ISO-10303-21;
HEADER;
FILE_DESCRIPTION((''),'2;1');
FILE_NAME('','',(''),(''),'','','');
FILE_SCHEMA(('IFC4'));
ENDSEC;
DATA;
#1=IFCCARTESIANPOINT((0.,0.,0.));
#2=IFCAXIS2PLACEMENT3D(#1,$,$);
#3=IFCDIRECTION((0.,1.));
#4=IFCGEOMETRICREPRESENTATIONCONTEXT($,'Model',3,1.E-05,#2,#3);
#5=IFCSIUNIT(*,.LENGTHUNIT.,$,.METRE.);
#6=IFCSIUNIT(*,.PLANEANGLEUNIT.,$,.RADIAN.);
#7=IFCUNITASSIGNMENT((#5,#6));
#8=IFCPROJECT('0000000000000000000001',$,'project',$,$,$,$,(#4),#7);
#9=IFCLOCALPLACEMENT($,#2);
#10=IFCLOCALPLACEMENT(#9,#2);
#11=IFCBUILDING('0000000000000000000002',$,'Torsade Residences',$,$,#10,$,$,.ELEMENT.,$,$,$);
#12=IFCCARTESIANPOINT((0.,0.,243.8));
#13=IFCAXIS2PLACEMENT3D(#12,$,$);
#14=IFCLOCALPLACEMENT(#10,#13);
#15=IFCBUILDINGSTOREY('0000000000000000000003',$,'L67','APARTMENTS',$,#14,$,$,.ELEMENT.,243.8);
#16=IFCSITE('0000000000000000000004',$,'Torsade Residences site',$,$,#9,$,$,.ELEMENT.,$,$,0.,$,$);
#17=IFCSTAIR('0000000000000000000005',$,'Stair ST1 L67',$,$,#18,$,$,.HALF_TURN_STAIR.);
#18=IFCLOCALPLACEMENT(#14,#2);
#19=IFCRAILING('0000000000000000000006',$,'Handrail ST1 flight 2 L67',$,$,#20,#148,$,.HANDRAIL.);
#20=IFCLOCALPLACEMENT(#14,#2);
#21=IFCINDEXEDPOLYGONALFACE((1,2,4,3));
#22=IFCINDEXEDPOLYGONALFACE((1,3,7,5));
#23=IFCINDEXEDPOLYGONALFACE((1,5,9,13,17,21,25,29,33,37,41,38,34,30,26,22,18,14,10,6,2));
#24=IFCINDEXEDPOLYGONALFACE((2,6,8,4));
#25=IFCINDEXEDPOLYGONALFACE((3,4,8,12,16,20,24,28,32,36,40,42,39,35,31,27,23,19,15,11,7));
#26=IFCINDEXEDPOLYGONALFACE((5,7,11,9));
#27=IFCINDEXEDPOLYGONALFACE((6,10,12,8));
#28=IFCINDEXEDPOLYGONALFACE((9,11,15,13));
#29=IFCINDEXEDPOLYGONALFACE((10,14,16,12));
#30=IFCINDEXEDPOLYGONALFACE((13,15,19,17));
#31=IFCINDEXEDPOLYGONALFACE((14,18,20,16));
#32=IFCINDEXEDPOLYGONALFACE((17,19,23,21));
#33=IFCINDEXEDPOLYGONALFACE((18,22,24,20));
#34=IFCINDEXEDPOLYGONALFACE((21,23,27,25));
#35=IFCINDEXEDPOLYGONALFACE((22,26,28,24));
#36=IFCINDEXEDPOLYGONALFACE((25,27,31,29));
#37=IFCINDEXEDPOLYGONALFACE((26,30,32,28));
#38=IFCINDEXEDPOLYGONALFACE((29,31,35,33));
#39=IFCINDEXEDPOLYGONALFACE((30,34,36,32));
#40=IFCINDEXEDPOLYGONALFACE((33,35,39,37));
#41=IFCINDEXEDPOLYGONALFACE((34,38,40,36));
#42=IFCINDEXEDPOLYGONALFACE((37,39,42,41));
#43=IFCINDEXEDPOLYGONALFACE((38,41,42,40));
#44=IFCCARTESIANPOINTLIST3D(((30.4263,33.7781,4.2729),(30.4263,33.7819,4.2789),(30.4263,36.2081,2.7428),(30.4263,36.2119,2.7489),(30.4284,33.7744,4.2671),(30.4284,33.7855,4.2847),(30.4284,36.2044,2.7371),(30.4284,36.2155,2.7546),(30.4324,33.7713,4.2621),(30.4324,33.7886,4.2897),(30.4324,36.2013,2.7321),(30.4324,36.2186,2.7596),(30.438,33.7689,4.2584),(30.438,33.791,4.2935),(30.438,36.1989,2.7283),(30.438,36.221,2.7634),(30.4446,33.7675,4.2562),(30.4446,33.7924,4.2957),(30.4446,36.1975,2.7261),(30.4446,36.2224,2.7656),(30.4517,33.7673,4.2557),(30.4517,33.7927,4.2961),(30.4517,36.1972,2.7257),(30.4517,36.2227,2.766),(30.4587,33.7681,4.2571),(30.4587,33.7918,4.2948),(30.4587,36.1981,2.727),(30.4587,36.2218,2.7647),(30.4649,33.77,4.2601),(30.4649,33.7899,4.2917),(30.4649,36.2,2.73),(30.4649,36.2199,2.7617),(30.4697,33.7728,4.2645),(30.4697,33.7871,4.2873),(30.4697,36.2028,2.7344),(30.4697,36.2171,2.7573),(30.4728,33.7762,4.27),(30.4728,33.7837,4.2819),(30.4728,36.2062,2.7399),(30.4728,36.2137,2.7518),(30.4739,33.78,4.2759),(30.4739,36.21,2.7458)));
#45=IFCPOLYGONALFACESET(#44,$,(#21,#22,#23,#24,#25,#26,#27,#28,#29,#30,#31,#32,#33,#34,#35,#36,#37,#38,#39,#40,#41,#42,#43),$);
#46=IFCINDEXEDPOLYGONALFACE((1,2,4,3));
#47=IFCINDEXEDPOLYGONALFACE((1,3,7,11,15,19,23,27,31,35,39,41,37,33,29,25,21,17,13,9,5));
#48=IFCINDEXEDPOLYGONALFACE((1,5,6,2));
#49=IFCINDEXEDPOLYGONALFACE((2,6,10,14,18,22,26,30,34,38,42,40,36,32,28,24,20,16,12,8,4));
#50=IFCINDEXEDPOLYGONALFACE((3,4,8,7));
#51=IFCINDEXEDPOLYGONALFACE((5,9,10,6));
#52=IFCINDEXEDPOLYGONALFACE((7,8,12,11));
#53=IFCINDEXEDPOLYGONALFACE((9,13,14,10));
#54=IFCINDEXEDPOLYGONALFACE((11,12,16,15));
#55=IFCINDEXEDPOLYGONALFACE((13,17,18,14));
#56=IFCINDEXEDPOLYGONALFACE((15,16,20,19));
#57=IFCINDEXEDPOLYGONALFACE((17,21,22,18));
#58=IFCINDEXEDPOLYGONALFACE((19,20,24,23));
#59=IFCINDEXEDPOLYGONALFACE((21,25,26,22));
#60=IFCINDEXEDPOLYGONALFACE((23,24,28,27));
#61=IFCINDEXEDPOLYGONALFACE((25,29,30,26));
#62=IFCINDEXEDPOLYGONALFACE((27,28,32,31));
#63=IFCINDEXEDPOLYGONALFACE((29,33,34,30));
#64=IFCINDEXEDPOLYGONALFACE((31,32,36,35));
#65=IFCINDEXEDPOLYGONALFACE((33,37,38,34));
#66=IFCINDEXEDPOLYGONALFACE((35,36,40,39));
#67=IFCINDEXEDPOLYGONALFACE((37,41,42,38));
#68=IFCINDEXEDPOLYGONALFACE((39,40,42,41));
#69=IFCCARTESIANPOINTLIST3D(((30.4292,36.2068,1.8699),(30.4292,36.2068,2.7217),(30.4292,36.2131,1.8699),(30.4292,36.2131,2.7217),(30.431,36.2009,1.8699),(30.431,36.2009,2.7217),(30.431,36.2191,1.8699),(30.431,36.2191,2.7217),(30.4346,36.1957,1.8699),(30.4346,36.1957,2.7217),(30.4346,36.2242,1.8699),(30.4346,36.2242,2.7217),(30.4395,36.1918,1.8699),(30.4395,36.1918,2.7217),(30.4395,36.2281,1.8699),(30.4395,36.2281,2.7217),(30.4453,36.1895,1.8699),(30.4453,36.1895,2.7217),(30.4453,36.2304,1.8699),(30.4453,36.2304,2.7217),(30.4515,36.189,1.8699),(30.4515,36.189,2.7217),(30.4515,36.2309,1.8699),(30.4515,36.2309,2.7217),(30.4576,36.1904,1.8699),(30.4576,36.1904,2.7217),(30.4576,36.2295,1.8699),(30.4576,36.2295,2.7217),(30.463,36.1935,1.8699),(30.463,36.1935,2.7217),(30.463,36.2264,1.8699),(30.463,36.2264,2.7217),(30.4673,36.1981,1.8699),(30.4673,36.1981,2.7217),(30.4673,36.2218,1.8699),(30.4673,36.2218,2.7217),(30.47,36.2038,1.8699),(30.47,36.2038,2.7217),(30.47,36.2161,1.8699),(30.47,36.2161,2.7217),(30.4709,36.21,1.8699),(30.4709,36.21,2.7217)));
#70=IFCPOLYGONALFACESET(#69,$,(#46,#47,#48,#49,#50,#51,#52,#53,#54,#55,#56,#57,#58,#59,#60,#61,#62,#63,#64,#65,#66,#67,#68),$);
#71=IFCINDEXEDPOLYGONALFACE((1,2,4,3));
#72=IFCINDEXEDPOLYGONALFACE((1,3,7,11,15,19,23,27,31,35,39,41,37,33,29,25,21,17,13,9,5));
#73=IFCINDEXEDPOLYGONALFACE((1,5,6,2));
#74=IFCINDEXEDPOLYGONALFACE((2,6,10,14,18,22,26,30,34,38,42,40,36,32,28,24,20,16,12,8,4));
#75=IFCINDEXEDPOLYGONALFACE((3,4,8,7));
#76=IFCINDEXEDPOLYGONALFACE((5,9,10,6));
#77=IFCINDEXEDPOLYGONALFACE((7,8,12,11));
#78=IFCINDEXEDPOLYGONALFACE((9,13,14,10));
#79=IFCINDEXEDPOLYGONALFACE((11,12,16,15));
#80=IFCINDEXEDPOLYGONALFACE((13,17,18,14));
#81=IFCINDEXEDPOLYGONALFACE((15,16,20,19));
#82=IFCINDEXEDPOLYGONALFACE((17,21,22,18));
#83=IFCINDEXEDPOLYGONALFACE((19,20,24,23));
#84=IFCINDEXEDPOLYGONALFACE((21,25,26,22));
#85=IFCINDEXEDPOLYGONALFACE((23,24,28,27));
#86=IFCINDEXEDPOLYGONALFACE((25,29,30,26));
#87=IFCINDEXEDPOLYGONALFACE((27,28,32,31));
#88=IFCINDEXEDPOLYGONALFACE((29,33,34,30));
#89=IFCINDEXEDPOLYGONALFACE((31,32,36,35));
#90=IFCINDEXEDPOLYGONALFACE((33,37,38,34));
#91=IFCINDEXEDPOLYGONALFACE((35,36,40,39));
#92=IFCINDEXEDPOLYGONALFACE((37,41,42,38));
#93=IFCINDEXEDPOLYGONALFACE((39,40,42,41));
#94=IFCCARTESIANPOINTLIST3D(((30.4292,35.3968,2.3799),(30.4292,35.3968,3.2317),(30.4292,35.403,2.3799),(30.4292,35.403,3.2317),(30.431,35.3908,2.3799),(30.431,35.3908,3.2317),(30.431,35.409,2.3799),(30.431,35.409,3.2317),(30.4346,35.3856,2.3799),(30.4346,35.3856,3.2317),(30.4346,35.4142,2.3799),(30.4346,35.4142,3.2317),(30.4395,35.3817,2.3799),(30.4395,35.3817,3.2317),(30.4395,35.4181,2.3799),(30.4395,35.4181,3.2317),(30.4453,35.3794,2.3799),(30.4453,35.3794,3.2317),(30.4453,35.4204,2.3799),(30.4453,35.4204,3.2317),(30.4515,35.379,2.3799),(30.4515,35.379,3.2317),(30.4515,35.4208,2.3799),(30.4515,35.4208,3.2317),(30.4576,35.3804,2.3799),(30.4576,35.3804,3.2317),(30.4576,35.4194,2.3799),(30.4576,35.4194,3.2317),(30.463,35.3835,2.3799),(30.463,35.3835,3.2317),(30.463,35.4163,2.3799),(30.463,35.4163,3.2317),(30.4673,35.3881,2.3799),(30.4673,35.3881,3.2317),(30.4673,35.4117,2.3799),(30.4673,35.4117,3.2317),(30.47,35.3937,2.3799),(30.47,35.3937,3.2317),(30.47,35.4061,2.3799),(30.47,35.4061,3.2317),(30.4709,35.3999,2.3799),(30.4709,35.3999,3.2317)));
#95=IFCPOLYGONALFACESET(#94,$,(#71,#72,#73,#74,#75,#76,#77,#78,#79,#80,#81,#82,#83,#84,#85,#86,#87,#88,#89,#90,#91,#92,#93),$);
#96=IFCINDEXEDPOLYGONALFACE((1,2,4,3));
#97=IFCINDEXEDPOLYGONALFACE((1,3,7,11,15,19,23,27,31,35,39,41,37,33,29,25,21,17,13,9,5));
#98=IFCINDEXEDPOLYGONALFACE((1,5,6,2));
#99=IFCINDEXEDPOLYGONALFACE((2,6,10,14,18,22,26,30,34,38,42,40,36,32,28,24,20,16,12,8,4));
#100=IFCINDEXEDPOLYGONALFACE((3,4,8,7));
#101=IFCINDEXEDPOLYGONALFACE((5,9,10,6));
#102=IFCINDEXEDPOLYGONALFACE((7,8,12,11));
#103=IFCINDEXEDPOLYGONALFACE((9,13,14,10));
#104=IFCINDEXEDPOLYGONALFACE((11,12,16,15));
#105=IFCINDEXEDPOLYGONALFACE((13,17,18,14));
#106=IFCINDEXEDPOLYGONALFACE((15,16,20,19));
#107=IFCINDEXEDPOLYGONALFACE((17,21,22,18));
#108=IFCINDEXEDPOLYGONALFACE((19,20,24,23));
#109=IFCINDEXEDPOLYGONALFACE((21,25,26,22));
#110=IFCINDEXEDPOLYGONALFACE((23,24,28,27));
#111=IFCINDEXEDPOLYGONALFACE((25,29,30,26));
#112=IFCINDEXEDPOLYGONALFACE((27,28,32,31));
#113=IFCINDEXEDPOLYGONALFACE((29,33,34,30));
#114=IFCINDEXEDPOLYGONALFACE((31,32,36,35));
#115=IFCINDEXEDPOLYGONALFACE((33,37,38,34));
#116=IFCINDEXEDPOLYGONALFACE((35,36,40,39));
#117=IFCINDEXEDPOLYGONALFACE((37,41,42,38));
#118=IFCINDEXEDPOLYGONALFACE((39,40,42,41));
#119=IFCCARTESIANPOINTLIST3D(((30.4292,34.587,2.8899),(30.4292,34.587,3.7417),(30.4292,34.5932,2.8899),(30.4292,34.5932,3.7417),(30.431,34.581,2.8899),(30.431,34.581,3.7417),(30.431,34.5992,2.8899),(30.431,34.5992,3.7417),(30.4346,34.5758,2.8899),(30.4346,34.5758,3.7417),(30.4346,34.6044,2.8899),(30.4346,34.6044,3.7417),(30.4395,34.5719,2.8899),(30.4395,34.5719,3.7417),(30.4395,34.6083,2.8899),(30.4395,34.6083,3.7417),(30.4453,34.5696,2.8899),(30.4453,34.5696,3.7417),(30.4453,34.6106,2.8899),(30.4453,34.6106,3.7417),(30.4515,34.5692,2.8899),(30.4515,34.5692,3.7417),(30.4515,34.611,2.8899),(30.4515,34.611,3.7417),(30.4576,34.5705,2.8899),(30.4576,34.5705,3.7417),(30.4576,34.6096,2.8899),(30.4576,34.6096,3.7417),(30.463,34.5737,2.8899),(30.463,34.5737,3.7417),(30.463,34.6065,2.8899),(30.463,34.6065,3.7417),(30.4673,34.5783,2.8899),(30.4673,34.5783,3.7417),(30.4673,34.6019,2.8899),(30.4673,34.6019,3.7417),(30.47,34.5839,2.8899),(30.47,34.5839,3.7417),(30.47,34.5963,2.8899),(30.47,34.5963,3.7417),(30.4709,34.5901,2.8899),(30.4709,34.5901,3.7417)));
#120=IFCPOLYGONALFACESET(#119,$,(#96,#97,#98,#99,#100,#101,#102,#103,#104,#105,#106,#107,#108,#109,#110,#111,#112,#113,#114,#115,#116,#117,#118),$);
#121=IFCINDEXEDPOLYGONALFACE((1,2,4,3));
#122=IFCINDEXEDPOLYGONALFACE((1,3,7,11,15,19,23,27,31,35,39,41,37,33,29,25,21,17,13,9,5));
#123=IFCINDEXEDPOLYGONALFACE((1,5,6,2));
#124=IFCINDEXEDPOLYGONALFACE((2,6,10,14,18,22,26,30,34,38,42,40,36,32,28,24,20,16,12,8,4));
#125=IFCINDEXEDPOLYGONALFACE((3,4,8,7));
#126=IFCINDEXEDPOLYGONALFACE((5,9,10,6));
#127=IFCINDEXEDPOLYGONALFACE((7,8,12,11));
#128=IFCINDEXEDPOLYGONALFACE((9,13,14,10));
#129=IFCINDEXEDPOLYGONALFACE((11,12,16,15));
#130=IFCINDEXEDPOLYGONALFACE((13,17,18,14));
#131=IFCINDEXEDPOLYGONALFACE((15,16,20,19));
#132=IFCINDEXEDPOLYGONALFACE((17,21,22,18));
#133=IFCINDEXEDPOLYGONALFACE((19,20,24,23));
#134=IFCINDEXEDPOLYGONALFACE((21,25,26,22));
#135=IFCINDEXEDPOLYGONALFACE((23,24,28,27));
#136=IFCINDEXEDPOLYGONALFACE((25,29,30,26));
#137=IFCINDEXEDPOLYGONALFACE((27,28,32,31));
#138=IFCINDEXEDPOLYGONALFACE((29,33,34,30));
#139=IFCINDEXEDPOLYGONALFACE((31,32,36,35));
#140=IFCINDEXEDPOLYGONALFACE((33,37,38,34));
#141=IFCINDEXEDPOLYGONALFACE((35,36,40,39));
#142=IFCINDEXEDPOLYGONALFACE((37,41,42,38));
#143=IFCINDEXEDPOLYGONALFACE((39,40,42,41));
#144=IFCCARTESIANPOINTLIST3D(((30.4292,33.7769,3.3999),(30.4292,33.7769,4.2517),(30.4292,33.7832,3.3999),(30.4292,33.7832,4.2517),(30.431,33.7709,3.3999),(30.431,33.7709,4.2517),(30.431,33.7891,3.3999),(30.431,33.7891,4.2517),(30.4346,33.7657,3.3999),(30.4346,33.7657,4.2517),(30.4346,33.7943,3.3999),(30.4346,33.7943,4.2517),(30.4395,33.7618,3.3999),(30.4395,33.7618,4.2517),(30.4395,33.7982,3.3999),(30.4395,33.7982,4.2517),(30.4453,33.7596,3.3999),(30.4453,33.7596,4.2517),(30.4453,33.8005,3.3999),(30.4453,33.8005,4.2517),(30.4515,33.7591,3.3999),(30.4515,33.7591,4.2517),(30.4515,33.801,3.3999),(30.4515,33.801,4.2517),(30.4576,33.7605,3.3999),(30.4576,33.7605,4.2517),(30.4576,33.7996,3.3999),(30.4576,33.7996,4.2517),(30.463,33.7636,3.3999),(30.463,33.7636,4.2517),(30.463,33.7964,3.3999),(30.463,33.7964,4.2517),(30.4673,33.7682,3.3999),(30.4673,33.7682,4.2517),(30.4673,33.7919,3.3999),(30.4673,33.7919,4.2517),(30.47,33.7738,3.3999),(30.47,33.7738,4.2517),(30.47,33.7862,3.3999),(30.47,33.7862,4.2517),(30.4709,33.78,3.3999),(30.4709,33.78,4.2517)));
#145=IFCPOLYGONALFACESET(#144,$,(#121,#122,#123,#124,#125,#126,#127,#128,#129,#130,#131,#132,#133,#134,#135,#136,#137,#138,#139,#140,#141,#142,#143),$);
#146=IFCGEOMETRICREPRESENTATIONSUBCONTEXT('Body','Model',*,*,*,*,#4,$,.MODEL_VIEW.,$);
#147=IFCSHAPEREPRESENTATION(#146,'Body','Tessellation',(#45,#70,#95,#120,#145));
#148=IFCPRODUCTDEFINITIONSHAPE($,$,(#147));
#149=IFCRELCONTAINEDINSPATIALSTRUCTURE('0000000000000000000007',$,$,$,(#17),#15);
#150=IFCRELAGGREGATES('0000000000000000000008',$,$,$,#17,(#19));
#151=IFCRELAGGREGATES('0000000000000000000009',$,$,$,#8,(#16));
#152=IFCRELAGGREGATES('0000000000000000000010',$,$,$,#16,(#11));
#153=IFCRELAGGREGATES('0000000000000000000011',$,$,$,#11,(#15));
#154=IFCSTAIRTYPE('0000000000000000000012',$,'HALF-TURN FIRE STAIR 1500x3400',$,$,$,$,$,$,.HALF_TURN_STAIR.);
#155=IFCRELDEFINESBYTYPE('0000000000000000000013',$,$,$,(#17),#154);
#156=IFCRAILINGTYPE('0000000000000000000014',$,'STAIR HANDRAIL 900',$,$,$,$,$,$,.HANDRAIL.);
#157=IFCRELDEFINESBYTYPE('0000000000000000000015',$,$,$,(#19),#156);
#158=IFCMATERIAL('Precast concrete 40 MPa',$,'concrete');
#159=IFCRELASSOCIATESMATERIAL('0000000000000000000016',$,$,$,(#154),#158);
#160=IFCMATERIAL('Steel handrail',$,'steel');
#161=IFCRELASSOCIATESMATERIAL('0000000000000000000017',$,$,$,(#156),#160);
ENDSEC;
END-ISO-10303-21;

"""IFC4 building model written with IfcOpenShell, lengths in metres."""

from ifc_helpers import new_model, si_unit, direction, frame, origin, origin_2d, place, context, subcontext, project, spatial, circle, extrude, material, type_object, element, aggregate, save


model = new_model("IFC4")

# Units and contexts
model_context = context("Model", 3, precision=1e-05, world=origin(), true_north=direction((0.0, 1.0)))
body_context = subcontext(model_context, "Body", "Model", "MODEL_VIEW")
ifc_project = project(units=[si_unit("LENGTHUNIT", "METRE"), si_unit("PLANEANGLEUNIT", "RADIAN")], contexts=[model_context])

# Site, building, storey
site_placement = place(None, origin())
site = spatial("IfcSite", under=ifc_project, at=site_placement, Name="Torsade Residences site", CompositionType="ELEMENT", RefElevation=0.0)
building_placement = place(site_placement, origin())
building = spatial("IfcBuilding", under=site, at=building_placement, Name="Torsade Residences", CompositionType="ELEMENT")
storey_placement = place(building_placement, frame((0.0, 0.0, 243.8)))
storey = spatial("IfcBuildingStorey", under=building, at=storey_placement, Name="L67", Description="APARTMENTS", CompositionType="ELEMENT", Elevation=243.8)

# Stair, railing
ifc_material_1 = material(Name="Precast concrete 40 MPa", Category="concrete")
stair_type = type_object("IfcStairType", Name="HALF-TURN FIRE STAIR 1500x3400", PredefinedType="HALF_TURN_STAIR", material=ifc_material_1)
stair_placement = place(storey_placement, origin())
stair = element("IfcStair", 1, at=stair_placement, inside=storey, type_object=stair_type, Name="Stair ST1 L67", PredefinedType="HALF_TURN_STAIR")
ifc_material_2 = material(Name="Steel handrail", Category="steel")
railing_type = type_object("IfcRailingType", Name="STAIR HANDRAIL 900", PredefinedType="HANDRAIL", material=ifc_material_2)
railing_1_placement = place(storey_placement, frame((30.45, 36.21, 1.8699)))
railing_1 = element("IfcRailing", 2, at=railing_1_placement, type_object=railing_type, Name="Handrail ST1 flight 2 L67", PredefinedType="HANDRAIL", context=body_context, shape_type="SweptSolid", body=[
    extrude(circle(Radius=0.0239, at=origin_2d()), frame((0.0, 0.0, 0.876), z_axis=(0.0, -0.846221, 0.532831), x_axis=(1.0, 0.0, 0.0)), (0.0, 0.0, 1.0), 2.8716),
    extrude(circle(Radius=0.021, at=origin_2d()), origin(), (0.0, 0.0, 1.0), 0.8518),
    extrude(circle(Radius=0.021, at=origin_2d()), frame((0.0, -0.8101, 0.51)), (0.0, 0.0, 1.0), 0.8518),
    extrude(circle(Radius=0.021, at=origin_2d()), frame((0.0, -1.6199, 1.02)), (0.0, 0.0, 1.0), 0.8518),
    extrude(circle(Radius=0.021, at=origin_2d()), frame((0.0, -2.4299, 1.53)), (0.0, 0.0, 1.0), 0.8518),
])
aggregate(stair, [railing_1])

save(model, "model.ifc")
